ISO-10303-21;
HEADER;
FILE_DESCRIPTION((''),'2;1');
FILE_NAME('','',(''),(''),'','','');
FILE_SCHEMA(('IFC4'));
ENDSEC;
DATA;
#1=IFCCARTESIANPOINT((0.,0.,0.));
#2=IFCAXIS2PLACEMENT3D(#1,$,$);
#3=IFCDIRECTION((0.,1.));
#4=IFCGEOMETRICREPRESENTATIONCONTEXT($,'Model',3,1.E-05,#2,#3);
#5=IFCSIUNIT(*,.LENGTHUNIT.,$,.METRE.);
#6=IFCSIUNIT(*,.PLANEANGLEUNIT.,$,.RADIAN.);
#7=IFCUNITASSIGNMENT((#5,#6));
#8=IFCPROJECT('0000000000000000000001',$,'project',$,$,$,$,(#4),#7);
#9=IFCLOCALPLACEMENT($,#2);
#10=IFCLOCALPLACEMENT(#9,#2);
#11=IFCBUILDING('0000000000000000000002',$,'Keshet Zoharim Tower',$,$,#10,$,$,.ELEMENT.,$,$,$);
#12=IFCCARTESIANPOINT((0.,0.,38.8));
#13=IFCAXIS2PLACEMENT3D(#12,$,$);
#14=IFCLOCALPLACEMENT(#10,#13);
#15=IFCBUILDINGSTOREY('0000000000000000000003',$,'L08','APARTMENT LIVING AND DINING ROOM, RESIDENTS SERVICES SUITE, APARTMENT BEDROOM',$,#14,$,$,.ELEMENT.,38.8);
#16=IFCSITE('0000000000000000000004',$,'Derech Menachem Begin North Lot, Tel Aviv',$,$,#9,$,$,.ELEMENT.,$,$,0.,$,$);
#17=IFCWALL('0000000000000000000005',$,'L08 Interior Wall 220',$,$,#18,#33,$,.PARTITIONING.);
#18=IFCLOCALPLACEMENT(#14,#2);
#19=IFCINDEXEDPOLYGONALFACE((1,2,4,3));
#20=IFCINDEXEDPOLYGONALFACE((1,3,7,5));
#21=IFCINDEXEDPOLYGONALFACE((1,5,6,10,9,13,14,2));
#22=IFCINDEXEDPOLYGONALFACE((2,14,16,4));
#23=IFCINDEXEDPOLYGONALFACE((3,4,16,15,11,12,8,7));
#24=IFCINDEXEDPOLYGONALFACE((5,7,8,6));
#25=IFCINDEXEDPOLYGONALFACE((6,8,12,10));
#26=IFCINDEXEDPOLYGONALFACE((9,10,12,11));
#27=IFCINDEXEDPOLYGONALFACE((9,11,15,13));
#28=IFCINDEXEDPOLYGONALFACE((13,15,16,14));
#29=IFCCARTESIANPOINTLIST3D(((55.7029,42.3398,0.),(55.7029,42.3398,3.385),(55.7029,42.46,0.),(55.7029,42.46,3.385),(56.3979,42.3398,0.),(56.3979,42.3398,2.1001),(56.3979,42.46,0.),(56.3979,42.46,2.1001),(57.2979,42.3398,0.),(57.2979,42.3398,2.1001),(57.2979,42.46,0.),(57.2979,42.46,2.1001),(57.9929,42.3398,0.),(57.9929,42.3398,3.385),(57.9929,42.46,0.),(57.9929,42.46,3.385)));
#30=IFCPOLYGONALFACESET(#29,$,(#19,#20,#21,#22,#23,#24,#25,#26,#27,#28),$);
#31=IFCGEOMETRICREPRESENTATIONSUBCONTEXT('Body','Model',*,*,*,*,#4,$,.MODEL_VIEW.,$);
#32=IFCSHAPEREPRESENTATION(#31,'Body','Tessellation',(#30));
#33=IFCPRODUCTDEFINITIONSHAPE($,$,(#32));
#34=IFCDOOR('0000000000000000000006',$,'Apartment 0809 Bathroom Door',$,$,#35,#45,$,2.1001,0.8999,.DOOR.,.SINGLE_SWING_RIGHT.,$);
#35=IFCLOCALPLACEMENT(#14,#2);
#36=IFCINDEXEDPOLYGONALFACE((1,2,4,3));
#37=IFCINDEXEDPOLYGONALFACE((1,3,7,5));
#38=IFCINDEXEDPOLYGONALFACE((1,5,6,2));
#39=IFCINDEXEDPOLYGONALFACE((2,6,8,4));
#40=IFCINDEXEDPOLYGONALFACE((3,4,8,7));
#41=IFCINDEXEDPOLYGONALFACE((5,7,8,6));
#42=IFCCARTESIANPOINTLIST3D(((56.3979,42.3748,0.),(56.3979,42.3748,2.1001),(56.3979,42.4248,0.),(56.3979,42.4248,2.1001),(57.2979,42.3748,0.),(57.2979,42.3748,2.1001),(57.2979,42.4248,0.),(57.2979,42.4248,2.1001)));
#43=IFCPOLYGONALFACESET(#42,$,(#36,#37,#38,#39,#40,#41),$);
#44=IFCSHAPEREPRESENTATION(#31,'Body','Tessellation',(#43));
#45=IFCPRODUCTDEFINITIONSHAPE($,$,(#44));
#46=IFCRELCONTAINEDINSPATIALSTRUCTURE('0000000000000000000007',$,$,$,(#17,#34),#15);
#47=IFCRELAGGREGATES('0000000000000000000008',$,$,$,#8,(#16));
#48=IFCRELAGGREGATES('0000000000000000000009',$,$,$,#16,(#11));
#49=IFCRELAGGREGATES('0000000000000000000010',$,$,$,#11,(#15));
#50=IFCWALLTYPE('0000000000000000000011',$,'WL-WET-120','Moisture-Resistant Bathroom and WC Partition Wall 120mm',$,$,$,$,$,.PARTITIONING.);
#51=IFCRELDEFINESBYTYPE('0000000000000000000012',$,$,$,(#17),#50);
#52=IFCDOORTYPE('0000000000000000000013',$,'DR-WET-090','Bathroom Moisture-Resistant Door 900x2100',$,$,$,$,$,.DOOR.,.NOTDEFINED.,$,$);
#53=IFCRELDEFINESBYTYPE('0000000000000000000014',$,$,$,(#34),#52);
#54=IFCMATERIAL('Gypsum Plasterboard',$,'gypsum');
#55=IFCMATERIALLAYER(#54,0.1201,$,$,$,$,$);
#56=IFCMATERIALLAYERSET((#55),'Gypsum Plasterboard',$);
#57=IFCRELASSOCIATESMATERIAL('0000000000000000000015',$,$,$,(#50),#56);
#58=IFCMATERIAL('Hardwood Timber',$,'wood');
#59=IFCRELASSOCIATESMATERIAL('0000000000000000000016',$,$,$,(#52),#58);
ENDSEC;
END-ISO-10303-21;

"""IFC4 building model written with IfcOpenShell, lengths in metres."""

from ifc_helpers import new_model, si_unit, direction, frame, frame_2d, origin, place, context, subcontext, project, spatial, rectangle, extrude, material, layer, layer_set, type_object, element, fill, save


model = new_model("IFC4")

# Units and contexts
model_context = context("Model", 3, precision=1e-05, world=origin(), true_north=direction((0.0, 1.0)))
body_context = subcontext(model_context, "Body", "Model", "MODEL_VIEW")
ifc_project = project(units=[si_unit("LENGTHUNIT", "METRE"), si_unit("PLANEANGLEUNIT", "RADIAN")], contexts=[model_context])

# Site, building, storey
site_placement = place(None, origin())
site = spatial("IfcSite", under=ifc_project, at=site_placement, Name="Derech Menachem Begin North Lot, Tel Aviv", CompositionType="ELEMENT", RefElevation=0.0)
building_placement = place(site_placement, origin())
building = spatial("IfcBuilding", under=site, at=building_placement, Name="Keshet Zoharim Tower", CompositionType="ELEMENT")
storey_placement = place(building_placement, frame((0.0, 0.0, 38.8)))
storey = spatial("IfcBuildingStorey", under=building, at=storey_placement, Name="L08", Description="APARTMENT LIVING AND DINING ROOM, RESIDENTS SERVICES SUITE, APARTMENT BEDROOM", CompositionType="ELEMENT", Elevation=38.8)

# Shared definitions
ifc_material_1 = material(Name="Gypsum Plasterboard", Category="gypsum")

# Shared definitions
ifc_material_2 = material(Name="Hardwood Timber", Category="wood")

# Shared definitions
ifc_layer_1 = layer(ifc_material_1, 0.1201)
ifc_layer_set_1 = layer_set([ifc_layer_1], Name="Gypsum Plasterboard")
wall_type_1 = type_object("IfcWallType", Name="WL-WET-120", Description="Moisture-Resistant Bathroom and WC Partition Wall 120mm", PredefinedType="PARTITIONING", material=ifc_layer_set_1)

# Wall, opening, door
door_type_1 = type_object("IfcDoorType", Name="DR-WET-090", Description="Bathroom Moisture-Resistant Door 900x2100", OperationType="NOTDEFINED", PredefinedType="DOOR", material=ifc_material_2)
wall_1_placement = place(storey_placement, frame((55.7029, 42.3999, 0.0), z_axis=(0.0, 0.0, 1.0), x_axis=(1.0, 0.0, 0.0)))
wall_1 = element("IfcWall", 1, at=wall_1_placement, inside=storey, type_object=wall_type_1, Name="L08 Interior Wall 220", PredefinedType="PARTITIONING", context=body_context, shape_type="SweptSolid", body=[
    extrude(rectangle(XDim=2.29, YDim=0.1201, at=frame_2d((1.145, 0.0))), origin(), (0.0, 0.0, 1.0), 3.385),
])
opening_1_placement = place(wall_1_placement, frame((0.6951, 0.0, 0.0)))
opening_1 = element("IfcOpeningElement", 2, at=opening_1_placement, cuts=wall_1, PredefinedType="OPENING", context=body_context, shape_type="SweptSolid", body=[
    extrude(rectangle(XDim=0.8999, YDim=2.1001, at=frame_2d((0.45, 1.05))), frame((0.0, 0.0701, 0.0), z_axis=(0.0, -1.0, 0.0), x_axis=(1.0, 0.0, 0.0)), (0.0, 0.0, 1.0), 0.1401),
])
door_1_placement = place(opening_1_placement, origin())
door_1 = element("IfcDoor", 3, at=door_1_placement, inside=storey, type_object=door_type_1, Name="Apartment 0809 Bathroom Door", OperationType="SINGLE_SWING_RIGHT", OverallHeight=2.1001, OverallWidth=0.8999, PredefinedType="DOOR", context=body_context, shape_type="SweptSolid", body=[
    extrude(rectangle(XDim=0.8999, YDim=2.1001, at=frame_2d((0.45, 1.05))), frame((0.0, 0.0249, 0.0), z_axis=(0.0, -1.0, 0.0), x_axis=(1.0, 0.0, 0.0)), (0.0, 0.0, 1.0), 0.05),
])
fill(opening_1, door_1)

save(model, "model.ifc")
